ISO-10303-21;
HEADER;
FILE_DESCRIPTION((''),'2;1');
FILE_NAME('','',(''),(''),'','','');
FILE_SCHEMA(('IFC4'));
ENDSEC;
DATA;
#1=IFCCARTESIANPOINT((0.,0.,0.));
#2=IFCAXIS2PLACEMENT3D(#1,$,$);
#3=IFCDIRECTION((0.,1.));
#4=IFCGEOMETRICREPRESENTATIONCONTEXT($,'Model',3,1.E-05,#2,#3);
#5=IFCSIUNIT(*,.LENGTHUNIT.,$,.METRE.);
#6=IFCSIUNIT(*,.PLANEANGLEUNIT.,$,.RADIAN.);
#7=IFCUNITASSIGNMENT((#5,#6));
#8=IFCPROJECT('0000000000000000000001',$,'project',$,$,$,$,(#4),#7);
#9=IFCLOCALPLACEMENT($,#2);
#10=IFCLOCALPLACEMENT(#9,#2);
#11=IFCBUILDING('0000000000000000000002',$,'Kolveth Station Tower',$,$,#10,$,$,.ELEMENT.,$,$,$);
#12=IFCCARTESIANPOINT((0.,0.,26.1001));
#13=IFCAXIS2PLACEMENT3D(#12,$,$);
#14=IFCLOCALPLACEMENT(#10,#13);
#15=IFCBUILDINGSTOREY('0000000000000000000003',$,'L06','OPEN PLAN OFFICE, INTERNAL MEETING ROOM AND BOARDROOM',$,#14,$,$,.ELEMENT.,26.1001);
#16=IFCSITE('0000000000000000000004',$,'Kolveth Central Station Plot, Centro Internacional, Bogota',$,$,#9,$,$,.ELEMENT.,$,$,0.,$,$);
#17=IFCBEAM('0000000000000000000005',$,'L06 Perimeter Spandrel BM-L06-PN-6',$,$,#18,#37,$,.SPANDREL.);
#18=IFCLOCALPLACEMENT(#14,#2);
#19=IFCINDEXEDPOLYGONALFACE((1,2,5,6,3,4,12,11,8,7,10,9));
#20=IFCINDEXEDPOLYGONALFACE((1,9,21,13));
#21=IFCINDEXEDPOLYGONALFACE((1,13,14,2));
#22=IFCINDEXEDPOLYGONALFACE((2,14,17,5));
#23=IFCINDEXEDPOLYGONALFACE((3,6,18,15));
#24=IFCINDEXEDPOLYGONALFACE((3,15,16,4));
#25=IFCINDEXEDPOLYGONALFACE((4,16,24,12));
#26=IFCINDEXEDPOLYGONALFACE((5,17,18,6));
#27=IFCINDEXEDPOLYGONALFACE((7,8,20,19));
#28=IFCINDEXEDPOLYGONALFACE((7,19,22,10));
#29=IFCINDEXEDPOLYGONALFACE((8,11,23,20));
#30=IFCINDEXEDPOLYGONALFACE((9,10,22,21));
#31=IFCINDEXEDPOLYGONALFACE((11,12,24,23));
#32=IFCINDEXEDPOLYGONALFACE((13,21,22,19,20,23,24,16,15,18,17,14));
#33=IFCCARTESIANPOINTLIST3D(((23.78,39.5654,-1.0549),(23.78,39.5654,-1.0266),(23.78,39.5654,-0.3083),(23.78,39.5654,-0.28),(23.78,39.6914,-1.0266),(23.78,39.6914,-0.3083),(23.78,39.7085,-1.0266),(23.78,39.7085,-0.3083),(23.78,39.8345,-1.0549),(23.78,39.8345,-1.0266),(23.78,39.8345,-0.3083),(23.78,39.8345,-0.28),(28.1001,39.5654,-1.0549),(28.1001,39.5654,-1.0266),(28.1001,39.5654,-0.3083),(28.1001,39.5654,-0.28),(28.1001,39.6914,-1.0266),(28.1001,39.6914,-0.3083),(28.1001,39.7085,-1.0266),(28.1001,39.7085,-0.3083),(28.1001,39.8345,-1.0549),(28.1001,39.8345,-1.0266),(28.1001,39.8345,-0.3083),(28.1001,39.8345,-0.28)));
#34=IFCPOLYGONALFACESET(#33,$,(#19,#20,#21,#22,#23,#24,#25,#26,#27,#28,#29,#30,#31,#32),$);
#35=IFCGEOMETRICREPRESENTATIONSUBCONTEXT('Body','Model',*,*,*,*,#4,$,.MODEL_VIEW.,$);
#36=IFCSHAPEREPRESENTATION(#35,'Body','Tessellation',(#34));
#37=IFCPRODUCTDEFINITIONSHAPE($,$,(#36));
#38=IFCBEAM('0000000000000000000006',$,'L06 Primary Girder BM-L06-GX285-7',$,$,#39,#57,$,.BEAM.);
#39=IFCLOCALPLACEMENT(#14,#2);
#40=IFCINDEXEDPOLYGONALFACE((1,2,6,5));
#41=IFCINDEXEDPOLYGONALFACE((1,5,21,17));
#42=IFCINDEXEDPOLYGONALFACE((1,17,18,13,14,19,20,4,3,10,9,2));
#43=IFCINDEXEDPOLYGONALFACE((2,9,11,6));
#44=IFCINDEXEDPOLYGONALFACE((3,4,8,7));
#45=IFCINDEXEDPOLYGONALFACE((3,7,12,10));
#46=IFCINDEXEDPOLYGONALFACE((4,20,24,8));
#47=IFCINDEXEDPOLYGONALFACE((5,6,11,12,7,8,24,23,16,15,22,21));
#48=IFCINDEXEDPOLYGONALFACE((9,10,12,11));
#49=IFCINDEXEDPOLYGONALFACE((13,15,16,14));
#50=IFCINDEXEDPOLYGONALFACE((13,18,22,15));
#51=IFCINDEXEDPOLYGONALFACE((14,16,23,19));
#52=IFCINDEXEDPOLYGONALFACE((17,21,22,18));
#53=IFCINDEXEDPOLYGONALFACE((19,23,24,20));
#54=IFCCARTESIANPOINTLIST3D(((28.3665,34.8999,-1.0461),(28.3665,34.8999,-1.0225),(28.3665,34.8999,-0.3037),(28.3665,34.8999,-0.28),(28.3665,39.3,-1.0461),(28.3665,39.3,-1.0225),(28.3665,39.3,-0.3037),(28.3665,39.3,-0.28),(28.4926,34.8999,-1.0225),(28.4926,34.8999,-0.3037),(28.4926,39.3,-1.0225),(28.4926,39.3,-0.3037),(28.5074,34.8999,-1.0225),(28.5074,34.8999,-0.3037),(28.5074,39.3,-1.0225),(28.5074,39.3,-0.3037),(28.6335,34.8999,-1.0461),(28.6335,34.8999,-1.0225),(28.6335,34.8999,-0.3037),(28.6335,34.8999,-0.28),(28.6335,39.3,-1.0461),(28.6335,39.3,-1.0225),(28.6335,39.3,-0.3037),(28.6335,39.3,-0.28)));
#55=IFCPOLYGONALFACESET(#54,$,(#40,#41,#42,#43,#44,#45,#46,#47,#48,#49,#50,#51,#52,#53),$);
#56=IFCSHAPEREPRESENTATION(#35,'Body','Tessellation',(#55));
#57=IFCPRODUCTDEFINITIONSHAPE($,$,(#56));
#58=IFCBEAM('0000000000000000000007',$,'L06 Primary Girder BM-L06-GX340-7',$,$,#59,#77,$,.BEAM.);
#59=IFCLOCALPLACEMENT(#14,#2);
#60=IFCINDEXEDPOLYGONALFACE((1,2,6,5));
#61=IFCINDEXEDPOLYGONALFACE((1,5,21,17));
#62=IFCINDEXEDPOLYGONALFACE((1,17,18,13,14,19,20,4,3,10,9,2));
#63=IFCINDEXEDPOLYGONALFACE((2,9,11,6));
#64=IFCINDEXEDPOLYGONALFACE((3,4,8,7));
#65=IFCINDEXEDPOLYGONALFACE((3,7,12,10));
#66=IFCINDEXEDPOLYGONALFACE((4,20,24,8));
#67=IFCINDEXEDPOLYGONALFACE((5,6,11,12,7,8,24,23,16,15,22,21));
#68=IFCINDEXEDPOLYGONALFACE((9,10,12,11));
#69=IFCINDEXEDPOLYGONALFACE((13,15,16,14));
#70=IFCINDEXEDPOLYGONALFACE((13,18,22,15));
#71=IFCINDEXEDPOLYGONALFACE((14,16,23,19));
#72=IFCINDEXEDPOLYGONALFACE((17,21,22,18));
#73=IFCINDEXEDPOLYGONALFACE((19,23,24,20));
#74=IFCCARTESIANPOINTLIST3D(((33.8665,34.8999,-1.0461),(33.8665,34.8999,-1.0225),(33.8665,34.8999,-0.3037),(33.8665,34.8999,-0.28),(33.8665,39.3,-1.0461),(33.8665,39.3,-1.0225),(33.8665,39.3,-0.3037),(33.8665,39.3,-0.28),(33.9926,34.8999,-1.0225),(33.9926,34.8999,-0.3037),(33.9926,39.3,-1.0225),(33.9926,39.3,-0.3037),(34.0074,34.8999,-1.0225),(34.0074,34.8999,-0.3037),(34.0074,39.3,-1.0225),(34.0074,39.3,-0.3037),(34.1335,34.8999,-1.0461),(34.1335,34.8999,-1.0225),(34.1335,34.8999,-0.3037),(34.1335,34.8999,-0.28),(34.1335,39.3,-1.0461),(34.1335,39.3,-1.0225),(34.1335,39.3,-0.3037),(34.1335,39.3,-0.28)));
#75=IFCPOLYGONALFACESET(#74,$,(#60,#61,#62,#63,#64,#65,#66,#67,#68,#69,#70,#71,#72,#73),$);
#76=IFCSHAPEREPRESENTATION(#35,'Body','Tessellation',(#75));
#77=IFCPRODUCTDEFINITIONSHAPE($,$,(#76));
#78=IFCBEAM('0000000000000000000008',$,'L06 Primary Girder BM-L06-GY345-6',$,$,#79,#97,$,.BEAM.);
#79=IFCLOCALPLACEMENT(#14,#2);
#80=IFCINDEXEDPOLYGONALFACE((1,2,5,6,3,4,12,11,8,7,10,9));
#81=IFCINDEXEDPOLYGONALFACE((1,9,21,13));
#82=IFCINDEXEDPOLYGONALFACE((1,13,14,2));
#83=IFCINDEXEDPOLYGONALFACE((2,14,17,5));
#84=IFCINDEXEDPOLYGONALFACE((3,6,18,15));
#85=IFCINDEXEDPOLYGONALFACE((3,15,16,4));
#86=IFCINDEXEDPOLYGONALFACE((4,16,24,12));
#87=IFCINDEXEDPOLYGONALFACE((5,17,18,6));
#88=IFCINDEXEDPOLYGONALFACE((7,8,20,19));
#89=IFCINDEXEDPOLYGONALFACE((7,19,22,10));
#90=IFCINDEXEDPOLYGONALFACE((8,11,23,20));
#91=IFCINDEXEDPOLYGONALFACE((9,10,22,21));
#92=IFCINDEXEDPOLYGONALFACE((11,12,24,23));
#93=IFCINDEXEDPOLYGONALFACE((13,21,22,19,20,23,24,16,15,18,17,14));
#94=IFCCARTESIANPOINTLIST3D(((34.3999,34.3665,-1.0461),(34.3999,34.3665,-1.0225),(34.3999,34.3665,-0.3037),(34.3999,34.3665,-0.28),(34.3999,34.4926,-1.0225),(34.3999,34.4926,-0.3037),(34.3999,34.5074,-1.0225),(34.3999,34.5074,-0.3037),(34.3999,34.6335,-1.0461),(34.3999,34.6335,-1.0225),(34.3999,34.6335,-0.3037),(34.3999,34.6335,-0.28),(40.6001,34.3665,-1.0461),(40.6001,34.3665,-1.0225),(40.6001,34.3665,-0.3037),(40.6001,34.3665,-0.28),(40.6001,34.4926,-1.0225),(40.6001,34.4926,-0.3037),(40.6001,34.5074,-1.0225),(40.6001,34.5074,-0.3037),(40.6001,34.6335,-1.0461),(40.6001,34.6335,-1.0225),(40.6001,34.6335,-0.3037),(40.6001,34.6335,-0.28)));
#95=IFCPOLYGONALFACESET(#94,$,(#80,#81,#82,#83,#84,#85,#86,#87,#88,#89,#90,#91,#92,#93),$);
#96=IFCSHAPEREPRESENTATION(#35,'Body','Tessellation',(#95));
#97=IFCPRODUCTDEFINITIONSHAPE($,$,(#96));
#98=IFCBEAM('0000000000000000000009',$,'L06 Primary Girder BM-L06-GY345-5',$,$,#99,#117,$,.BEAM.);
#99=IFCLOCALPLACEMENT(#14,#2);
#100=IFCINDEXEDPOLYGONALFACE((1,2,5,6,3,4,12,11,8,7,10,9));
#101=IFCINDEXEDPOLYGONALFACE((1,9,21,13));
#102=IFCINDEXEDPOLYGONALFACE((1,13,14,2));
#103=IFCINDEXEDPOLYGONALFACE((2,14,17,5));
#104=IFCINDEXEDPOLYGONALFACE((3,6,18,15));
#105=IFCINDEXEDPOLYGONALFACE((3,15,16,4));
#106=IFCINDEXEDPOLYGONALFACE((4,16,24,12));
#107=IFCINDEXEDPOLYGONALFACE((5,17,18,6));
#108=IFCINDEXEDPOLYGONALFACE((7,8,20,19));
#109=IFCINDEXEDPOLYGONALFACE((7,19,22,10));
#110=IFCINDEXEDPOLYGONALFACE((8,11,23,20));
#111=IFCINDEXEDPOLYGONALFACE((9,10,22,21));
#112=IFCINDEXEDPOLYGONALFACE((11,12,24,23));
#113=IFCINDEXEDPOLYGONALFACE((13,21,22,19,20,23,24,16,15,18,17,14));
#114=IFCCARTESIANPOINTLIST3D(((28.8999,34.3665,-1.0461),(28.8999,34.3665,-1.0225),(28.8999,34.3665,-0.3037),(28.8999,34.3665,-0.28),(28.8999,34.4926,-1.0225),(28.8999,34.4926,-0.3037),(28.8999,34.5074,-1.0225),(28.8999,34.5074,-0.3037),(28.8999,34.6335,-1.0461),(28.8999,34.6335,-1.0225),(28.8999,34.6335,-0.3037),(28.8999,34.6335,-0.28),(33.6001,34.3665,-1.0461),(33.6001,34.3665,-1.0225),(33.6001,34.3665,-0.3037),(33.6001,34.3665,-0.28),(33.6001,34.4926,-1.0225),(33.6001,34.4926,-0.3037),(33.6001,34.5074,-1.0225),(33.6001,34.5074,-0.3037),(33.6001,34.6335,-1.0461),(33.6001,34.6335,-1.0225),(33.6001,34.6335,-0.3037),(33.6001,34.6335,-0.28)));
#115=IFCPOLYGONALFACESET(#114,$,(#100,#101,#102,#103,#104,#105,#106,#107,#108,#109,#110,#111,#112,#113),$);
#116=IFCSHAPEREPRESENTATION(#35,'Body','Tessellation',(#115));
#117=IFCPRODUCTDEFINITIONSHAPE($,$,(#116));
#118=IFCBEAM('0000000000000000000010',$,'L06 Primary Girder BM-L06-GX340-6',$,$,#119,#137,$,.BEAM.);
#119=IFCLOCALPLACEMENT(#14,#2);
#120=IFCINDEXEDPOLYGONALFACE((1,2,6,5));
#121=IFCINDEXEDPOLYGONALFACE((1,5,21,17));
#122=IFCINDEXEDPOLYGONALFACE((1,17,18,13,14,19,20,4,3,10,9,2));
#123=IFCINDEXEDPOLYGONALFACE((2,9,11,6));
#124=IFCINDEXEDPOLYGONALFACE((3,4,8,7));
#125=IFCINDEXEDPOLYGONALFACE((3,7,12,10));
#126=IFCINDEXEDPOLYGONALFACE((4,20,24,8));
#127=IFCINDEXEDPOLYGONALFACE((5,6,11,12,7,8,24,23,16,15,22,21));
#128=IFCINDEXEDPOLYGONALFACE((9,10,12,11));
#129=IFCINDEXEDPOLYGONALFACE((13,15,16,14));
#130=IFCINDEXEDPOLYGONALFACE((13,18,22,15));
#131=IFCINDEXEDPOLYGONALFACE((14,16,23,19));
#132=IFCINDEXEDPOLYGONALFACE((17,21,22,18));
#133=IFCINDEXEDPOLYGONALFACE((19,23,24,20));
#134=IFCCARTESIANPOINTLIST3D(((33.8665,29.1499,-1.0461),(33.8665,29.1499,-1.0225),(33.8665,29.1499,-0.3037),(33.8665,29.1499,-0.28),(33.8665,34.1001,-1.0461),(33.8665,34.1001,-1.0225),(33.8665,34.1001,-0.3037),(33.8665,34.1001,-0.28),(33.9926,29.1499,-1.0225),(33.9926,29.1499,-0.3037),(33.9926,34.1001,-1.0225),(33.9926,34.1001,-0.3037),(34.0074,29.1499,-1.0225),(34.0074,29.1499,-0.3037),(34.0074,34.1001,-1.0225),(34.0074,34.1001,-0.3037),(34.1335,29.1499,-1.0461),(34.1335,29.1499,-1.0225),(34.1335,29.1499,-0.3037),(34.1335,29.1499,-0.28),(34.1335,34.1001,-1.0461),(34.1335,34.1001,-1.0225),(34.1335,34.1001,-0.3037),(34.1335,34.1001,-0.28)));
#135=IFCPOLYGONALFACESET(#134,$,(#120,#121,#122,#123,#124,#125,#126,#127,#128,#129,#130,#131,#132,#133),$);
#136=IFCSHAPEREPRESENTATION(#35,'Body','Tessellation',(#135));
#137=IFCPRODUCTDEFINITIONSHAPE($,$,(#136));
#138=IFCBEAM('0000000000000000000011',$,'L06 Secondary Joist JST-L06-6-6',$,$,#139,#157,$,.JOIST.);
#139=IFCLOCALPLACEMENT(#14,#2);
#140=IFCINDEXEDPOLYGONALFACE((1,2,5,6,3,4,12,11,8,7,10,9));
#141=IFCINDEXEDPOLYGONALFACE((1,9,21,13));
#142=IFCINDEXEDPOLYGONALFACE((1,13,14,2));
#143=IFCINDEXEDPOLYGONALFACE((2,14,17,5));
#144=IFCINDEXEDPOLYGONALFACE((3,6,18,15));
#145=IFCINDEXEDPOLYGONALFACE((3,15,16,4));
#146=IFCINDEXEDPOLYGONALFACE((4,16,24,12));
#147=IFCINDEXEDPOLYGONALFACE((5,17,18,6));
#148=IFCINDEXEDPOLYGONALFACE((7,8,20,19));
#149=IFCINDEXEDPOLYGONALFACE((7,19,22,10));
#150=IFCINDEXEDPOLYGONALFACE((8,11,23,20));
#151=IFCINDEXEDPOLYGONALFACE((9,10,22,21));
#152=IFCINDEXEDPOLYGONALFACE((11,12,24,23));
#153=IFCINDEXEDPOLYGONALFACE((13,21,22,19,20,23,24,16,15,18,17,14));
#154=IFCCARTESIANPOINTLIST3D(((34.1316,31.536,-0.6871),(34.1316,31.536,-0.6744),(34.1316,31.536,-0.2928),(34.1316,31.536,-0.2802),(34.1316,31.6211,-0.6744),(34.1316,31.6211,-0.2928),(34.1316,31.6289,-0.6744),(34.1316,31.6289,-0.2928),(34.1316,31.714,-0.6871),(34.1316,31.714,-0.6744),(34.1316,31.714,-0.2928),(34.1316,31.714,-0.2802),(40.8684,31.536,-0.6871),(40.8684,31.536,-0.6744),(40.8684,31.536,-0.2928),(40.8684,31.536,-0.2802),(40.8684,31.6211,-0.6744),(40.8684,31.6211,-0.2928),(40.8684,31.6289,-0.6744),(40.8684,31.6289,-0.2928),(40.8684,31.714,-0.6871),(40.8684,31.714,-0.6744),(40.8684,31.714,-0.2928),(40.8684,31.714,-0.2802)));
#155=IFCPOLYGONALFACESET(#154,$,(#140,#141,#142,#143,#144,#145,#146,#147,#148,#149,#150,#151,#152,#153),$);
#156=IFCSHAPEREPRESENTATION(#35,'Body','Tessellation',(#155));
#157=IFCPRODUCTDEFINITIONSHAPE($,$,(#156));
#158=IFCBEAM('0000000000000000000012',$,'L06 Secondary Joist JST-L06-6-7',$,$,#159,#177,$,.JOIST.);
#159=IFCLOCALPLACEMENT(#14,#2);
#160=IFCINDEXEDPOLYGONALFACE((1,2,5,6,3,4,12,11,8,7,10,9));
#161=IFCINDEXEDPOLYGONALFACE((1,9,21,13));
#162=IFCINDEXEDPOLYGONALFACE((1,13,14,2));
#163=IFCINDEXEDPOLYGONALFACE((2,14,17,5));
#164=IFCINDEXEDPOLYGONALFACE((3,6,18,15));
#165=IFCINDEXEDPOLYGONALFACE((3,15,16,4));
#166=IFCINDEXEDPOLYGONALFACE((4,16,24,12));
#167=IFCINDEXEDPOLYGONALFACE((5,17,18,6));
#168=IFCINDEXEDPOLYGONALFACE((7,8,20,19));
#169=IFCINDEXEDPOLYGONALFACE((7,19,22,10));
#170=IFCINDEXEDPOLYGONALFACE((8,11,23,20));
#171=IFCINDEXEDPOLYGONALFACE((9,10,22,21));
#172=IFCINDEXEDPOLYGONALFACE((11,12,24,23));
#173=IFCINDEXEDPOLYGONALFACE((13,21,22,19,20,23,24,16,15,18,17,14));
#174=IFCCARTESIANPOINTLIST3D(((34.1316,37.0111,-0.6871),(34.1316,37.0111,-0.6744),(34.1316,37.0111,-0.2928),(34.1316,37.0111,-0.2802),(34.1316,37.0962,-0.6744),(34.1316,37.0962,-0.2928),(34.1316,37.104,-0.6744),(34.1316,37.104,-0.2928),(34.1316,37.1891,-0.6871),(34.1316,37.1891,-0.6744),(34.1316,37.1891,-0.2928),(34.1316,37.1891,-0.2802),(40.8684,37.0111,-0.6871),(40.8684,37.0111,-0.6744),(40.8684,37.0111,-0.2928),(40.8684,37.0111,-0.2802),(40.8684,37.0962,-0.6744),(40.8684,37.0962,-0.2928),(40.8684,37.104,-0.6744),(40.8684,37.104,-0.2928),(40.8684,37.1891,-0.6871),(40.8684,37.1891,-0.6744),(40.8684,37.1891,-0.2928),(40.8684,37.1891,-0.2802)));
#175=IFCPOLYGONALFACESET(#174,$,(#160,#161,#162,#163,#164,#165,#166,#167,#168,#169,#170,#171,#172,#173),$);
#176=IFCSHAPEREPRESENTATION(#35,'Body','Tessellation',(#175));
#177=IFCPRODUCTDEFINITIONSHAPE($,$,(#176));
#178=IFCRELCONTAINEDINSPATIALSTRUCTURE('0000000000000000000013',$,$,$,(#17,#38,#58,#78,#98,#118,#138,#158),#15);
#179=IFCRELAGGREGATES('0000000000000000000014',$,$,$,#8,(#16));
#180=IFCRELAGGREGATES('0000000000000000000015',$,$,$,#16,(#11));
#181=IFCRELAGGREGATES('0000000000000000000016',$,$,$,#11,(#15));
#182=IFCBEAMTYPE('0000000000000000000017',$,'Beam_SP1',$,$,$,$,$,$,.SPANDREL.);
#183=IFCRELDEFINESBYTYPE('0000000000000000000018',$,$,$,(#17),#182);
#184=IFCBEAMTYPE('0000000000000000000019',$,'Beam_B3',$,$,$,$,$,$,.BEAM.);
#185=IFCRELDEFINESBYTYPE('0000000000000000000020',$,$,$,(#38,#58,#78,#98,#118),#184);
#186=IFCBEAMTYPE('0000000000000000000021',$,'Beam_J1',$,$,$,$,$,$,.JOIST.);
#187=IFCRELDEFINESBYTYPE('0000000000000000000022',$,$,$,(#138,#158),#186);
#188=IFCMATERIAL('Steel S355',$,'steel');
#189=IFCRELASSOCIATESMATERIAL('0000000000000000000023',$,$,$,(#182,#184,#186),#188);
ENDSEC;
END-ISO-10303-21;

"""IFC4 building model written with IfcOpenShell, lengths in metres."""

from ifc_helpers import new_model, si_unit, direction, frame, origin, origin_2d, place, context, subcontext, project, spatial, i_section, extrude, source, transform, mapped, material, material_profile, profile_set, type_object, element, save


model = new_model("IFC4")

# Units and contexts
model_context = context("Model", 3, precision=1e-05, world=origin(), true_north=direction((0.0, 1.0)))
body_context = subcontext(model_context, "Body", "Model", "MODEL_VIEW")
ifc_project = project(units=[si_unit("LENGTHUNIT", "METRE"), si_unit("PLANEANGLEUNIT", "RADIAN")], contexts=[model_context])

# Site, building, storey
site_placement = place(None, origin())
site = spatial("IfcSite", under=ifc_project, at=site_placement, Name="Kolveth Central Station Plot, Centro Internacional, Bogota", CompositionType="ELEMENT", RefElevation=0.0)
building_placement = place(site_placement, origin())
building = spatial("IfcBuilding", under=site, at=building_placement, Name="Kolveth Station Tower", CompositionType="ELEMENT")
storey_placement = place(building_placement, frame((0.0, 0.0, 26.1001)))
storey = spatial("IfcBuildingStorey", under=building, at=storey_placement, Name="L06", Description="OPEN PLAN OFFICE, INTERNAL MEETING ROOM AND BOARDROOM", CompositionType="ELEMENT", Elevation=26.1001)

# Shared definitions
ifc_material_1 = material(Name="Steel S355", Category="steel")

# Beams
ifc_material_profile_1 = material_profile(ifc_material_1, i_section(OverallWidth=0.269, OverallDepth=0.7749, WebThickness=0.0171, FlangeThickness=0.0283, at=origin_2d()), Name="W760x220")
ifc_profile_set_1 = profile_set([ifc_material_profile_1], Name="Steel S355")
beam_type_1 = type_object("IfcBeamType", Name="Beam_SP1", PredefinedType="SPANDREL", material=ifc_profile_set_1)
shared_shape_1 = source(origin(), body_context, "Body", "SweptSolid", [
    extrude(i_section(OverallWidth=0.269, OverallDepth=0.7749, WebThickness=0.0171, FlangeThickness=0.0283, at=origin_2d()), origin(), (0.0, 0.0, 1.0), 4.3201),
])
beam_1_placement = place(storey_placement, frame((23.78, 39.7, -0.6675), z_axis=(1.0, 0.0, 0.0), x_axis=(0.0, 1.0, 0.0)))
element("IfcBeam", 1, at=beam_1_placement, inside=storey, type_object=beam_type_1, Name="L06 Perimeter Spandrel BM-L06-PN-6", PredefinedType="SPANDREL", context=body_context, shape_type="MappedRepresentation", body=[
    mapped(shared_shape_1, transform((0.0, 0.0, 0.0), x_axis=(1.0, 0.0, 0.0), y_axis=(0.0, 1.0, 0.0), z_axis=(0.0, 0.0, 1.0), scale=1.0)),
])
ifc_material_profile_2 = material_profile(ifc_material_1, i_section(OverallWidth=0.2671, OverallDepth=0.7661, WebThickness=0.0149, FlangeThickness=0.0237, at=origin_2d()), Name="W760x185")
ifc_profile_set_2 = profile_set([ifc_material_profile_2], Name="Steel S355")
beam_type_2 = type_object("IfcBeamType", Name="Beam_B3", PredefinedType="BEAM", material=ifc_profile_set_2)
shared_shape_2 = source(origin(), body_context, "Body", "SweptSolid", [
    extrude(i_section(OverallWidth=0.2671, OverallDepth=0.7661, WebThickness=0.0149, FlangeThickness=0.0237, at=origin_2d()), origin(), (0.0, 0.0, 1.0), 4.4001),
])
for number, where, z_axis, x_axis, name in (
    (2, (28.5, 34.8999, -0.6631), (0.0, 1.0, 0.0), (-1.0, 0.0, 0.0), "L06 Primary Girder BM-L06-GX285-7"),
    (3, (34.0, 34.8999, -0.6631), (0.0, 1.0, 0.0), (-1.0, 0.0, 0.0), "L06 Primary Girder BM-L06-GX340-7"),
):
    element("IfcBeam", number, at=place(storey_placement, frame(where, z_axis=z_axis, x_axis=x_axis)), inside=storey, type_object=beam_type_2, Name=name, PredefinedType="BEAM", context=body_context, shape_type="MappedRepresentation", body=[
        mapped(shared_shape_2, transform((0.0, 0.0, 0.0), x_axis=(1.0, 0.0, 0.0), y_axis=(0.0, 1.0, 0.0), z_axis=(0.0, 0.0, 1.0), scale=1.0)),
    ])
shared_shape_3 = source(origin(), body_context, "Body", "SweptSolid", [
    extrude(i_section(OverallWidth=0.2671, OverallDepth=0.7661, WebThickness=0.0149, FlangeThickness=0.0237, at=origin_2d()), origin(), (0.0, 0.0, 1.0), 6.2002),
])
beam_2_placement = place(storey_placement, frame((34.3999, 34.5, -0.6631), z_axis=(1.0, 0.0, 0.0), x_axis=(0.0, 1.0, 0.0)))
element("IfcBeam", 4, at=beam_2_placement, inside=storey, type_object=beam_type_2, Name="L06 Primary Girder BM-L06-GY345-6", PredefinedType="BEAM", context=body_context, shape_type="MappedRepresentation", body=[
    mapped(shared_shape_3, transform((0.0, 0.0, 0.0), x_axis=(1.0, 0.0, 0.0), y_axis=(0.0, 1.0, 0.0), z_axis=(0.0, 0.0, 1.0), scale=1.0)),
])
shared_shape_4 = source(origin(), body_context, "Body", "SweptSolid", [
    extrude(i_section(OverallWidth=0.2671, OverallDepth=0.7661, WebThickness=0.0149, FlangeThickness=0.0237, at=origin_2d()), origin(), (0.0, 0.0, 1.0), 4.7002),
])
beam_3_placement = place(storey_placement, frame((28.8999, 34.5, -0.6631), z_axis=(1.0, 0.0, 0.0), x_axis=(0.0, 1.0, 0.0)))
element("IfcBeam", 5, at=beam_3_placement, inside=storey, type_object=beam_type_2, Name="L06 Primary Girder BM-L06-GY345-5", PredefinedType="BEAM", context=body_context, shape_type="MappedRepresentation", body=[
    mapped(shared_shape_4, transform((0.0, 0.0, 0.0), x_axis=(1.0, 0.0, 0.0), y_axis=(0.0, 1.0, 0.0), z_axis=(0.0, 0.0, 1.0), scale=1.0)),
])
shared_shape_5 = source(origin(), body_context, "Body", "SweptSolid", [
    extrude(i_section(OverallWidth=0.2671, OverallDepth=0.7661, WebThickness=0.0149, FlangeThickness=0.0237, at=origin_2d()), origin(), (0.0, 0.0, 1.0), 4.9502),
])
beam_4_placement = place(storey_placement, frame((34.0, 29.1499, -0.6631), z_axis=(0.0, 1.0, 0.0), x_axis=(-1.0, 0.0, 0.0)))
element("IfcBeam", 6, at=beam_4_placement, inside=storey, type_object=beam_type_2, Name="L06 Primary Girder BM-L06-GX340-6", PredefinedType="BEAM", context=body_context, shape_type="MappedRepresentation", body=[
    mapped(shared_shape_5, transform((0.0, 0.0, 0.0), x_axis=(1.0, 0.0, 0.0), y_axis=(0.0, 1.0, 0.0), z_axis=(0.0, 0.0, 1.0), scale=1.0)),
])
ifc_material_profile_3 = material_profile(ifc_material_1, i_section(OverallWidth=0.178, OverallDepth=0.407, WebThickness=0.0078, FlangeThickness=0.0127, at=origin_2d()), Name="W410x60")
ifc_profile_set_3 = profile_set([ifc_material_profile_3], Name="Steel S355")
beam_type_3 = type_object("IfcBeamType", Name="Beam_J1", PredefinedType="JOIST", material=ifc_profile_set_3)
shared_shape_6 = source(origin(), body_context, "Body", "SweptSolid", [
    extrude(i_section(OverallWidth=0.178, OverallDepth=0.407, WebThickness=0.0078, FlangeThickness=0.0127, at=origin_2d()), origin(), (0.0, 0.0, 1.0), 6.7368),
])
for number, where, z_axis, x_axis, name in (
    (7, (34.1316, 31.625, -0.4836), (1.0, 0.0, 0.0), (0.0, 1.0, 0.0), "L06 Secondary Joist JST-L06-6-6"),
    (8, (34.1316, 37.1001, -0.4836), (1.0, 0.0, 0.0), (0.0, 1.0, 0.0), "L06 Secondary Joist JST-L06-6-7"),
):
    element("IfcBeam", number, at=place(storey_placement, frame(where, z_axis=z_axis, x_axis=x_axis)), inside=storey, type_object=beam_type_3, Name=name, PredefinedType="JOIST", context=body_context, shape_type="MappedRepresentation", body=[
        mapped(shared_shape_6, transform((0.0, 0.0, 0.0), x_axis=(1.0, 0.0, 0.0), y_axis=(0.0, 1.0, 0.0), z_axis=(0.0, 0.0, 1.0), scale=1.0)),
    ])

save(model, "model.ifc")
